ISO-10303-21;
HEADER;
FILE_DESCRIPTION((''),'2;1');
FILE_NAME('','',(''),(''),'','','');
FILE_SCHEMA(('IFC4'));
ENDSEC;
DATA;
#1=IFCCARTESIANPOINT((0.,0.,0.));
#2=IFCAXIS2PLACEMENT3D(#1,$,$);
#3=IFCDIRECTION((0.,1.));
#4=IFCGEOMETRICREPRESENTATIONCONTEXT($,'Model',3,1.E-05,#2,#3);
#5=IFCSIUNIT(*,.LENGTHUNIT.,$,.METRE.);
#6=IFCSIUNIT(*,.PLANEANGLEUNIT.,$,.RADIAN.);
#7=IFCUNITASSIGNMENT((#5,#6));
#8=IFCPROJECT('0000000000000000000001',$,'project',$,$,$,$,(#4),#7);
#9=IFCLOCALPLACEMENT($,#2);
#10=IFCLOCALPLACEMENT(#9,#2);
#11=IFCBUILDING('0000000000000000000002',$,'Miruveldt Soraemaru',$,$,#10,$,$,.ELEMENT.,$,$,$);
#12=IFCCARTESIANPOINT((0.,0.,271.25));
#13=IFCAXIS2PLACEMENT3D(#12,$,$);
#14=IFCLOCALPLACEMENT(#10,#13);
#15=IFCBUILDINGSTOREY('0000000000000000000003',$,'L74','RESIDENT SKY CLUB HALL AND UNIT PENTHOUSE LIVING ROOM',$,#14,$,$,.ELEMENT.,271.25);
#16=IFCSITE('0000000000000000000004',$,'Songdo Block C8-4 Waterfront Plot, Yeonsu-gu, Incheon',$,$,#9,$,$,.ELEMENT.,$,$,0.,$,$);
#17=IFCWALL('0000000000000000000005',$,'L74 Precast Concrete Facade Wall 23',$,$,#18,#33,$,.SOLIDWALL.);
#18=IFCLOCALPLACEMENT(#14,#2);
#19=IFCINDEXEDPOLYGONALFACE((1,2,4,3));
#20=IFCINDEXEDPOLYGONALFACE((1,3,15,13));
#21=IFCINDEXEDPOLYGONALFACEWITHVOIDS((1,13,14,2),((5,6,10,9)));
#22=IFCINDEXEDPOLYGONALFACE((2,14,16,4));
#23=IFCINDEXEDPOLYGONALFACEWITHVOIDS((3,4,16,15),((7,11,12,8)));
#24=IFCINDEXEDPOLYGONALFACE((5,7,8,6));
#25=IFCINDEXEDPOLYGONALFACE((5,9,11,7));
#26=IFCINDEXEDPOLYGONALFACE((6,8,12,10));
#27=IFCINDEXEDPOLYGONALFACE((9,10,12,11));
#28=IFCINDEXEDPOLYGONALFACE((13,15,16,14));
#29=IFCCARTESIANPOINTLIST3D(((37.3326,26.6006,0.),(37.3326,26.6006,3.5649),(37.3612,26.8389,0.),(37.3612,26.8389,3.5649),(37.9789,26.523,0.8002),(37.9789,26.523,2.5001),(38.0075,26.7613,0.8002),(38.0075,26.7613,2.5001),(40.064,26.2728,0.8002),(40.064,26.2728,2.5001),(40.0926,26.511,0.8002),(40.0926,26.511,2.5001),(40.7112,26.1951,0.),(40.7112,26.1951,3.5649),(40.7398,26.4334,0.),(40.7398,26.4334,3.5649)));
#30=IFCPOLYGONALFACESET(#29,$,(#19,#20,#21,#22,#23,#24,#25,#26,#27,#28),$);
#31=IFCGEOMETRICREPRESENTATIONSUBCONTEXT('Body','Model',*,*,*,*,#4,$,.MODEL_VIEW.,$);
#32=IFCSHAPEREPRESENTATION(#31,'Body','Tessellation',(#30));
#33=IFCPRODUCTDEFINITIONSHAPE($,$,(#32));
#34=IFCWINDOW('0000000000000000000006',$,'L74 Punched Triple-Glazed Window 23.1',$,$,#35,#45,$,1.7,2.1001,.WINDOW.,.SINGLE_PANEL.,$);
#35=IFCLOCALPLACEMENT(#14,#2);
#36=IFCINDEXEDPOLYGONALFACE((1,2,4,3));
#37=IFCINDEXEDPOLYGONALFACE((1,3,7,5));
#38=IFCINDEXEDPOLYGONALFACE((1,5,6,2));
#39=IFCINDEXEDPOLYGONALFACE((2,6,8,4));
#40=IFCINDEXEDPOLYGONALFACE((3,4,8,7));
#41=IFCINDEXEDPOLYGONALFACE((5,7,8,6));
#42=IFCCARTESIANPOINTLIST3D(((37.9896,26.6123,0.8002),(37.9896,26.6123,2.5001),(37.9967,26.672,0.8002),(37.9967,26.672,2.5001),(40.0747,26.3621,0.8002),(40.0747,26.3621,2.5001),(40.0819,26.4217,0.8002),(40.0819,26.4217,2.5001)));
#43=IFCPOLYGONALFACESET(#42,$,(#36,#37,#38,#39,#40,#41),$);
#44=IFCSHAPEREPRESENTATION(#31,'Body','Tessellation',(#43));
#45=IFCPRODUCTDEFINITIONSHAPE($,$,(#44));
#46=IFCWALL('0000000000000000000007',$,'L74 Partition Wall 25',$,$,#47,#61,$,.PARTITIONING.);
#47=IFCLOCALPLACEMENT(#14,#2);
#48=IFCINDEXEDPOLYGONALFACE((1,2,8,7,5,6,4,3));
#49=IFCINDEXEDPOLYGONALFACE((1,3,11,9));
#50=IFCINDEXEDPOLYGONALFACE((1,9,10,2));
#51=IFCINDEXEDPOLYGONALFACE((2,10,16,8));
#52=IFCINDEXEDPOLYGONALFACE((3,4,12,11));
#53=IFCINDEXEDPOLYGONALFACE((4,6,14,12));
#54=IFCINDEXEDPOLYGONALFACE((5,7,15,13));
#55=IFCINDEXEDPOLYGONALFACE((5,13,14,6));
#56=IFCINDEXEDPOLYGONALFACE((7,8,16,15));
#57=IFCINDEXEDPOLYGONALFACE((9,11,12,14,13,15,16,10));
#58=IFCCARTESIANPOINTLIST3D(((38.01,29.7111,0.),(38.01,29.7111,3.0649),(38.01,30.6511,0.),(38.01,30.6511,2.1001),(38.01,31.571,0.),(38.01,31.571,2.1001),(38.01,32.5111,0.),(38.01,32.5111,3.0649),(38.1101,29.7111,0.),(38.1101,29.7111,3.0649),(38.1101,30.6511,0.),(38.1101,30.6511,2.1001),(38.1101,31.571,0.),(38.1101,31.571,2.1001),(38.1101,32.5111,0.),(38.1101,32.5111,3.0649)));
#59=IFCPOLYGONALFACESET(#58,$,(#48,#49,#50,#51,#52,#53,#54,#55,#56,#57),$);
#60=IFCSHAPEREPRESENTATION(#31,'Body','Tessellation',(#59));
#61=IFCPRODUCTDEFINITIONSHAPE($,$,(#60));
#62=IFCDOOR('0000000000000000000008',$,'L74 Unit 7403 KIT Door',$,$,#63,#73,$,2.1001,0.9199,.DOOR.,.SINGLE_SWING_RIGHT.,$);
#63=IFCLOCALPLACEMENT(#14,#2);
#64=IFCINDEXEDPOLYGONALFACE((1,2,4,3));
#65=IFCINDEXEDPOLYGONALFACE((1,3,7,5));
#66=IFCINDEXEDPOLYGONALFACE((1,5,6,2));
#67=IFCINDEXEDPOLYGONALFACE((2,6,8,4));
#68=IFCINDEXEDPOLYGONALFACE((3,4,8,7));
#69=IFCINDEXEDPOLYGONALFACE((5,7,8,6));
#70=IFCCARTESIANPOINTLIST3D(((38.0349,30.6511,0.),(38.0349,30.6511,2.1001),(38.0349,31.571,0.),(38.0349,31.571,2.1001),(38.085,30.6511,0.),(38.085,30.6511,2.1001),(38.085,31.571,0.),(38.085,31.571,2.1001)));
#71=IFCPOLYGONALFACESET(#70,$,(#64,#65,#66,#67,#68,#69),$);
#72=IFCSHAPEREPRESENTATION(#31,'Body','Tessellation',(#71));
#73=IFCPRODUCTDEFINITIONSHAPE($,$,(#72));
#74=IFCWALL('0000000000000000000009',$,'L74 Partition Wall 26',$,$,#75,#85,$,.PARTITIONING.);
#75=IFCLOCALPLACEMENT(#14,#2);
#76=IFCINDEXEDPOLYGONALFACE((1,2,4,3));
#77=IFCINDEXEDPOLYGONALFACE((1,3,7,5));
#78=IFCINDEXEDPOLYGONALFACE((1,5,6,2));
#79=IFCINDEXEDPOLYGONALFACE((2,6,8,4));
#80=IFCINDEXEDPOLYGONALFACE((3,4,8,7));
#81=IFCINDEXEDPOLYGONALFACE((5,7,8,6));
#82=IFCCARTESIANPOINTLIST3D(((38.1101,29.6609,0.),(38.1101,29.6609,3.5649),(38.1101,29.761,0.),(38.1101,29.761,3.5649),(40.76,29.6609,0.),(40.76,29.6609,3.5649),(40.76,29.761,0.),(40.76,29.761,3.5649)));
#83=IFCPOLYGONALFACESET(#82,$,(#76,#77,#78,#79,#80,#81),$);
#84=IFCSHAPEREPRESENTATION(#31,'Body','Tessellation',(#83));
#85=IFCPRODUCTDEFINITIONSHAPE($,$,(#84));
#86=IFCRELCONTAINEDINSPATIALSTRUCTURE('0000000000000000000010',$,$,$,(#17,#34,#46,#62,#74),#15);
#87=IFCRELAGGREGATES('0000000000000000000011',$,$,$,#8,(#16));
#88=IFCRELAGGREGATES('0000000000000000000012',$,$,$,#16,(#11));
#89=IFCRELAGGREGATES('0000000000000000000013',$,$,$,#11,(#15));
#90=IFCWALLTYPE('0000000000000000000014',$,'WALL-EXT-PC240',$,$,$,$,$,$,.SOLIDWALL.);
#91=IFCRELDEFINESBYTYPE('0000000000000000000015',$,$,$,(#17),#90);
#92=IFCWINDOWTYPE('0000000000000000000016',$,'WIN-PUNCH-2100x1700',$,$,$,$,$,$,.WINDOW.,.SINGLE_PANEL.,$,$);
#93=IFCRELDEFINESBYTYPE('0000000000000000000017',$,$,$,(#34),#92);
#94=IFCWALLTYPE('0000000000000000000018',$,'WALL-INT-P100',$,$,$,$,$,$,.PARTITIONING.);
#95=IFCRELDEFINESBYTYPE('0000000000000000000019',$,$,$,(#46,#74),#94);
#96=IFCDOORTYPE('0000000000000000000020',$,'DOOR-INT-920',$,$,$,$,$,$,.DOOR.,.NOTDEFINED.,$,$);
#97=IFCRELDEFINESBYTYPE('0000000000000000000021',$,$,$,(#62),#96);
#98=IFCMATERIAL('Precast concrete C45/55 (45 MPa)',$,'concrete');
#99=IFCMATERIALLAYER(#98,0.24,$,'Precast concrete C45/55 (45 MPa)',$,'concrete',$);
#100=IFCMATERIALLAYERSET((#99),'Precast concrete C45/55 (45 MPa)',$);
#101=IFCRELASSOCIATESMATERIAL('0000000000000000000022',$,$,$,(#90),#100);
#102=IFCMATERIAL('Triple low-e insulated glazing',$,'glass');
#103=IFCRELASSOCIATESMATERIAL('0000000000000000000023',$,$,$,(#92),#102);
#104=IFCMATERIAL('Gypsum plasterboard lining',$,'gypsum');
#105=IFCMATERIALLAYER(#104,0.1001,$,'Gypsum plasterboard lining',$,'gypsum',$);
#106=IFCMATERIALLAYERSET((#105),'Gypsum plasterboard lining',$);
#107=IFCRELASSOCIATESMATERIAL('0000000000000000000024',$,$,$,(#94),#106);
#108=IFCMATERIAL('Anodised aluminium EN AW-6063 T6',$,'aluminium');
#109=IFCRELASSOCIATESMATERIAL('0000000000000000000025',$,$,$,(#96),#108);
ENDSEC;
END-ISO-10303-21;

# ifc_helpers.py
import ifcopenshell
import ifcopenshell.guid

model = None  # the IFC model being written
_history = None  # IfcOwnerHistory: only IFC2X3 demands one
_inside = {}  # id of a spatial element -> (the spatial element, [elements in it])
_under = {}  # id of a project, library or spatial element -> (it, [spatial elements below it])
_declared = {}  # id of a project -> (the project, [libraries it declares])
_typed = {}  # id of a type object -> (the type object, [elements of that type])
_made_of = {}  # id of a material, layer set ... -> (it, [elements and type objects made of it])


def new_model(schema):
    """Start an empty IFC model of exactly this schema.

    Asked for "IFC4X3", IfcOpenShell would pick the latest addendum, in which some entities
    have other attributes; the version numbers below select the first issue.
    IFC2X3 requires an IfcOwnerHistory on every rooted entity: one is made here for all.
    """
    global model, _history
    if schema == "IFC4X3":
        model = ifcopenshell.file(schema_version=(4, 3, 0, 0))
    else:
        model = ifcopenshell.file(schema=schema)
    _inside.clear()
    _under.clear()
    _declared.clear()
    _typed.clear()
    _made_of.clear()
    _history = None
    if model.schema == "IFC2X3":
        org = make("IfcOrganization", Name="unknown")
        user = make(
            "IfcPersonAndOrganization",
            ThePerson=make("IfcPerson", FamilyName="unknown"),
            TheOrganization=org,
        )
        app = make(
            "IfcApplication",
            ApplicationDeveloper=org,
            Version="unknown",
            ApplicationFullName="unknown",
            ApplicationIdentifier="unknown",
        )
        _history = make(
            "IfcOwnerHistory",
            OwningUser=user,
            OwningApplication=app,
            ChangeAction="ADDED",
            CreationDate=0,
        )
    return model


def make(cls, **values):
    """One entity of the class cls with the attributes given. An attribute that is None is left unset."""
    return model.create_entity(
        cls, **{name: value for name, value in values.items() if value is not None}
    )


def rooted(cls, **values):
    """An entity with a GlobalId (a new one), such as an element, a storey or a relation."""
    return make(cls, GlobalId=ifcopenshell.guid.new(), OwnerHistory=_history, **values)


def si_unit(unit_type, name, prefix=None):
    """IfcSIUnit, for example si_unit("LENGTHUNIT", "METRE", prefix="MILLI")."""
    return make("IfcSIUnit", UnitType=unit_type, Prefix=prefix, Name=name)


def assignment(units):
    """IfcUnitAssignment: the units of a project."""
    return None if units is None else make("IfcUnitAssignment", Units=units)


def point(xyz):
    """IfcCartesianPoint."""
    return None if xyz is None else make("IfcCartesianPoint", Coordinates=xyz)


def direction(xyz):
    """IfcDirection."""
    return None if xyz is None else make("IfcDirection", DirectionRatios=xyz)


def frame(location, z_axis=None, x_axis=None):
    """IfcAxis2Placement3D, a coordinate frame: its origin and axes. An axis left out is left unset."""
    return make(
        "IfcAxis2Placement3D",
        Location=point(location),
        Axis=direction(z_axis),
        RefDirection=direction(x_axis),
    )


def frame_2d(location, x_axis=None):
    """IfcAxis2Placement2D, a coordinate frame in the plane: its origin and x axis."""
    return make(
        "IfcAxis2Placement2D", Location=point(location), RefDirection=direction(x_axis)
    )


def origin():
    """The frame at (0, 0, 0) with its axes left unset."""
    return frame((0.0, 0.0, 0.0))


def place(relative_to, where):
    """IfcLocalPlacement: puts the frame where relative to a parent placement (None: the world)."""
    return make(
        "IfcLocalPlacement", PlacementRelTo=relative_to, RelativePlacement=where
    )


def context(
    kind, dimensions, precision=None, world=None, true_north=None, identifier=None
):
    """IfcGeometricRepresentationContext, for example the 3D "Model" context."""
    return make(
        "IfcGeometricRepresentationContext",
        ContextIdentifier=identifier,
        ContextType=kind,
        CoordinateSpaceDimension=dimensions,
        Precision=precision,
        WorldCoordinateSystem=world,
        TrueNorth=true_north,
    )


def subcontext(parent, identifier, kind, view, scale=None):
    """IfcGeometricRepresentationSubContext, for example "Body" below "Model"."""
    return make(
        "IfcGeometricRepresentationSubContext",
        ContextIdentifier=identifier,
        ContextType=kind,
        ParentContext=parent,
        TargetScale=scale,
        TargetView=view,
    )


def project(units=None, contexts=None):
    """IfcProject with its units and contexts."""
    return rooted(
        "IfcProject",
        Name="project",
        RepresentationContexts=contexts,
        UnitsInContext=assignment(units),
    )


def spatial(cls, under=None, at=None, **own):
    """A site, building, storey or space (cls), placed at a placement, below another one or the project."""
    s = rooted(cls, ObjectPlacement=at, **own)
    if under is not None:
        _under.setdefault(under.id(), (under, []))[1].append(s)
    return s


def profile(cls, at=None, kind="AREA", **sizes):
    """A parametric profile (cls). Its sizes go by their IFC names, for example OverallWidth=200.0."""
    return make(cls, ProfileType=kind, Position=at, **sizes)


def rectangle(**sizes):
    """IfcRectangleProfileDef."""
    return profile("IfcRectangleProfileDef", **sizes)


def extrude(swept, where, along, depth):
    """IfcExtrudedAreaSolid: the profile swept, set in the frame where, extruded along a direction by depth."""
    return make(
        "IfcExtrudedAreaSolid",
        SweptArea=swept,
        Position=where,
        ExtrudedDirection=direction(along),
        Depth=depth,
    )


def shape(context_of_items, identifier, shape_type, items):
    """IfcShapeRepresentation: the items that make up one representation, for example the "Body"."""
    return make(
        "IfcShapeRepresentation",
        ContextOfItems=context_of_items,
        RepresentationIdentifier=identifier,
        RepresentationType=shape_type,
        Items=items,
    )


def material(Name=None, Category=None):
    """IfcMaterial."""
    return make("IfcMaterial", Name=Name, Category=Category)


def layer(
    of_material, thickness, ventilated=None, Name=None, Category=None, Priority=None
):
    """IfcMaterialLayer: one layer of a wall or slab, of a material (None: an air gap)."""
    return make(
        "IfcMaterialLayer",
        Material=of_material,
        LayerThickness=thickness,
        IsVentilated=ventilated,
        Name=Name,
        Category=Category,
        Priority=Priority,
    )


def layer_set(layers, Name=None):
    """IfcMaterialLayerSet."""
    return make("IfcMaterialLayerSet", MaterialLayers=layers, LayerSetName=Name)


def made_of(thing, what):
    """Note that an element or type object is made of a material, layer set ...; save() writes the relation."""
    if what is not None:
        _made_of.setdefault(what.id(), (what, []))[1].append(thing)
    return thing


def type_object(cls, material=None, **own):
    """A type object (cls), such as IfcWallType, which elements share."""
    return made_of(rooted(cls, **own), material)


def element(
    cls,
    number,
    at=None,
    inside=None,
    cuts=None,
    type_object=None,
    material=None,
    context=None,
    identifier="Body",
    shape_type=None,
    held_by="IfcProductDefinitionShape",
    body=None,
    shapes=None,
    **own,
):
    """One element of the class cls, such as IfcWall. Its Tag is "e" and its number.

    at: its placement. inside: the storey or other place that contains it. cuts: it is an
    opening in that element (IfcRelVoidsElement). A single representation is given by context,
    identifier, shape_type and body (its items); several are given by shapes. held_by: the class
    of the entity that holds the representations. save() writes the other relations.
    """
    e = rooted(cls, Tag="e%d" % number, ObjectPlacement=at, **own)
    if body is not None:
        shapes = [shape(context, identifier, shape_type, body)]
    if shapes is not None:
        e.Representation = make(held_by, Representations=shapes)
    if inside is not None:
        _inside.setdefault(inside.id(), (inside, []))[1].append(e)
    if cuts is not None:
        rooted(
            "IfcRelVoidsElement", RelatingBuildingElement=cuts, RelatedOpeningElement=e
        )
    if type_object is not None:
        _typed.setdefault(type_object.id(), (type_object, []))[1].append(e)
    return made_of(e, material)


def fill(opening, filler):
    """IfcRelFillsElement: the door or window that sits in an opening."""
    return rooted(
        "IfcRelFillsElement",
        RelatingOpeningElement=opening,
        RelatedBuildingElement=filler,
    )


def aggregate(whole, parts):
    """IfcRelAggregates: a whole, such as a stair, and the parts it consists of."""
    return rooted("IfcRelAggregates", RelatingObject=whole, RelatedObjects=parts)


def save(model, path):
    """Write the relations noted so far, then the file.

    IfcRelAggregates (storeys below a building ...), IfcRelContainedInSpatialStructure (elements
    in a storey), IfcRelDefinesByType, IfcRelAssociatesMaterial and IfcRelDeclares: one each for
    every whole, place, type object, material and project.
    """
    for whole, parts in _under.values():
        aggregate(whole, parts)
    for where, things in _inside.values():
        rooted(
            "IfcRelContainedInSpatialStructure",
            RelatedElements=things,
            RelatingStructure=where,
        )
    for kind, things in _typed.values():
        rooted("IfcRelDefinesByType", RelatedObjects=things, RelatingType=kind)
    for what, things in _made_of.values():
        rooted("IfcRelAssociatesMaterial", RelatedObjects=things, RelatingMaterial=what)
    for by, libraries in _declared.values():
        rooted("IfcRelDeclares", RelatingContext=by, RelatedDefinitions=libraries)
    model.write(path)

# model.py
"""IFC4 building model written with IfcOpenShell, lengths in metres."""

from ifc_helpers import new_model, si_unit, direction, frame, frame_2d, origin, place, context, subcontext, project, spatial, rectangle, extrude, material, layer, layer_set, type_object, element, fill, save


model = new_model("IFC4")

# Units and contexts
model_context = context("Model", 3, precision=1e-05, world=origin(), true_north=direction((0.0, 1.0)))
body_context = subcontext(model_context, "Body", "Model", "MODEL_VIEW")
ifc_project = project(units=[si_unit("LENGTHUNIT", "METRE"), si_unit("PLANEANGLEUNIT", "RADIAN")], contexts=[model_context])

# Site, building, storey
site_placement = place(None, origin())
site = spatial("IfcSite", under=ifc_project, at=site_placement, Name="Songdo Block C8-4 Waterfront Plot, Yeonsu-gu, Incheon", CompositionType="ELEMENT", RefElevation=0.0)
building_placement = place(site_placement, origin())
building = spatial("IfcBuilding", under=site, at=building_placement, Name="Miruveldt Soraemaru", CompositionType="ELEMENT")
storey_placement = place(building_placement, frame((0.0, 0.0, 271.25)))
storey = spatial("IfcBuildingStorey", under=building, at=storey_placement, Name="L74", Description="RESIDENT SKY CLUB HALL AND UNIT PENTHOUSE LIVING ROOM", CompositionType="ELEMENT", Elevation=271.25)

# Shared definitions
ifc_material_1 = material(Name="Anodised aluminium EN AW-6063 T6", Category="aluminium")
ifc_material_2 = material(Name="Triple low-e insulated glazing", Category="glass")

# Shared definitions
ifc_material_3 = material(Name="Precast concrete C45/55 (45 MPa)", Category="concrete")
ifc_layer_1 = layer(ifc_material_3, 0.24, Name="Precast concrete C45/55 (45 MPa)", Category="concrete")
ifc_layer_set_1 = layer_set([ifc_layer_1], Name="Precast concrete C45/55 (45 MPa)")
wall_type_1 = type_object("IfcWallType", Name="WALL-EXT-PC240", PredefinedType="SOLIDWALL", material=ifc_layer_set_1)

# Wall, opening, window
wall_1_placement = place(storey_placement, frame((37.3469, 26.7197, 0.0), z_axis=(0.0, 0.0, 1.0), x_axis=(0.992874, -0.119168, 0.0)))
wall_1 = element("IfcWall", 1, at=wall_1_placement, inside=storey, type_object=wall_type_1, Name="L74 Precast Concrete Facade Wall 23", PredefinedType="SOLIDWALL", context=body_context, shape_type="SweptSolid", body=[
    extrude(rectangle(XDim=3.4028, YDim=0.24, at=frame_2d((1.7014, 0.0))), origin(), (0.0, 0.0, 1.0), 3.5649),
])
opening_1_placement = place(wall_1_placement, frame((0.6509, 0.0, 0.8)))
opening_1 = element("IfcOpeningElement", 2, at=opening_1_placement, cuts=wall_1, PredefinedType="OPENING", context=body_context, shape_type="SweptSolid", body=[
    extrude(rectangle(XDim=2.1001, YDim=1.7, at=frame_2d((1.05, 0.8501))), frame((0.0, 0.1299, 0.0), z_axis=(0.0, -1.0, 0.0), x_axis=(1.0, 0.0, 0.0)), (0.0, 0.0, 1.0), 0.26),
])
window_type = type_object("IfcWindowType", Name="WIN-PUNCH-2100x1700", PartitioningType="SINGLE_PANEL", PredefinedType="WINDOW", material=ifc_material_2)
window_placement = place(opening_1_placement, origin())
window = element("IfcWindow", 3, at=window_placement, inside=storey, type_object=window_type, Name="L74 Punched Triple-Glazed Window 23.1", OverallHeight=1.7, OverallWidth=2.1001, PartitioningType="SINGLE_PANEL", PredefinedType="WINDOW", context=body_context, shape_type="SweptSolid", body=[
    extrude(rectangle(XDim=2.1001, YDim=1.7, at=frame_2d((1.05, 0.8501))), frame((0.0, 0.03, 0.0), z_axis=(0.0, -1.0, 0.0), x_axis=(1.0, 0.0, 0.0)), (0.0, 0.0, 1.0), 0.0601),
])
fill(opening_1, window)

# Wall, opening, door
ifc_material_4 = material(Name="Gypsum plasterboard lining", Category="gypsum")
ifc_layer_2 = layer(ifc_material_4, 0.1001, Name="Gypsum plasterboard lining", Category="gypsum")
ifc_layer_set_2 = layer_set([ifc_layer_2], Name="Gypsum plasterboard lining")
wall_type_2 = type_object("IfcWallType", Name="WALL-INT-P100", PredefinedType="PARTITIONING", material=ifc_layer_set_2)
wall_2_placement = place(storey_placement, frame((38.0601, 32.511, 0.0), z_axis=(0.0, 0.0, 1.0), x_axis=(0.0, -1.0, 0.0)))
wall_2 = element("IfcWall", 4, at=wall_2_placement, inside=storey, type_object=wall_type_2, Name="L74 Partition Wall 25", PredefinedType="PARTITIONING", context=body_context, shape_type="SweptSolid", body=[
    extrude(rectangle(XDim=2.8, YDim=0.1001, at=frame_2d((1.3999, 0.0))), origin(), (0.0, 0.0, 1.0), 3.0649),
])
opening_2_placement = place(wall_2_placement, frame((0.9399, 0.0, 0.0)))
opening_2 = element("IfcOpeningElement", 5, at=opening_2_placement, cuts=wall_2, PredefinedType="OPENING", context=body_context, shape_type="SweptSolid", body=[
    extrude(rectangle(XDim=0.9199, YDim=2.1001, at=frame_2d((0.46, 1.05))), frame((0.0, 0.0601, 0.0), z_axis=(0.0, -1.0, 0.0), x_axis=(1.0, 0.0, 0.0)), (0.0, 0.0, 1.0), 0.1201),
])
door_type = type_object("IfcDoorType", Name="DOOR-INT-920", OperationType="NOTDEFINED", PredefinedType="DOOR", material=ifc_material_1)
door_placement = place(opening_2_placement, origin())
door = element("IfcDoor", 6, at=door_placement, inside=storey, type_object=door_type, Name="L74 Unit 7403 KIT Door", OperationType="SINGLE_SWING_RIGHT", OverallHeight=2.1001, OverallWidth=0.9199, PredefinedType="DOOR", context=body_context, shape_type="SweptSolid", body=[
    extrude(rectangle(XDim=0.9199, YDim=2.1001, at=frame_2d((0.46, 1.05))), frame((0.0, 0.0249, 0.0), z_axis=(0.0, -1.0, 0.0), x_axis=(1.0, 0.0, 0.0)), (0.0, 0.0, 1.0), 0.05),
])
fill(opening_2, door)

# Wall
wall_3_placement = place(storey_placement, frame((38.1101, 29.7109, 0.0), z_axis=(0.0, 0.0, 1.0), x_axis=(1.0, 0.0, 0.0)))
element("IfcWall", 7, at=wall_3_placement, inside=storey, type_object=wall_type_2, Name="L74 Partition Wall 26", PredefinedType="PARTITIONING", context=body_context, shape_type="SweptSolid", body=[
    extrude(rectangle(XDim=2.6499, YDim=0.1001, at=frame_2d((1.325, 0.0))), origin(), (0.0, 0.0, 1.0), 3.5649),
])

save(model, "model.ifc")
